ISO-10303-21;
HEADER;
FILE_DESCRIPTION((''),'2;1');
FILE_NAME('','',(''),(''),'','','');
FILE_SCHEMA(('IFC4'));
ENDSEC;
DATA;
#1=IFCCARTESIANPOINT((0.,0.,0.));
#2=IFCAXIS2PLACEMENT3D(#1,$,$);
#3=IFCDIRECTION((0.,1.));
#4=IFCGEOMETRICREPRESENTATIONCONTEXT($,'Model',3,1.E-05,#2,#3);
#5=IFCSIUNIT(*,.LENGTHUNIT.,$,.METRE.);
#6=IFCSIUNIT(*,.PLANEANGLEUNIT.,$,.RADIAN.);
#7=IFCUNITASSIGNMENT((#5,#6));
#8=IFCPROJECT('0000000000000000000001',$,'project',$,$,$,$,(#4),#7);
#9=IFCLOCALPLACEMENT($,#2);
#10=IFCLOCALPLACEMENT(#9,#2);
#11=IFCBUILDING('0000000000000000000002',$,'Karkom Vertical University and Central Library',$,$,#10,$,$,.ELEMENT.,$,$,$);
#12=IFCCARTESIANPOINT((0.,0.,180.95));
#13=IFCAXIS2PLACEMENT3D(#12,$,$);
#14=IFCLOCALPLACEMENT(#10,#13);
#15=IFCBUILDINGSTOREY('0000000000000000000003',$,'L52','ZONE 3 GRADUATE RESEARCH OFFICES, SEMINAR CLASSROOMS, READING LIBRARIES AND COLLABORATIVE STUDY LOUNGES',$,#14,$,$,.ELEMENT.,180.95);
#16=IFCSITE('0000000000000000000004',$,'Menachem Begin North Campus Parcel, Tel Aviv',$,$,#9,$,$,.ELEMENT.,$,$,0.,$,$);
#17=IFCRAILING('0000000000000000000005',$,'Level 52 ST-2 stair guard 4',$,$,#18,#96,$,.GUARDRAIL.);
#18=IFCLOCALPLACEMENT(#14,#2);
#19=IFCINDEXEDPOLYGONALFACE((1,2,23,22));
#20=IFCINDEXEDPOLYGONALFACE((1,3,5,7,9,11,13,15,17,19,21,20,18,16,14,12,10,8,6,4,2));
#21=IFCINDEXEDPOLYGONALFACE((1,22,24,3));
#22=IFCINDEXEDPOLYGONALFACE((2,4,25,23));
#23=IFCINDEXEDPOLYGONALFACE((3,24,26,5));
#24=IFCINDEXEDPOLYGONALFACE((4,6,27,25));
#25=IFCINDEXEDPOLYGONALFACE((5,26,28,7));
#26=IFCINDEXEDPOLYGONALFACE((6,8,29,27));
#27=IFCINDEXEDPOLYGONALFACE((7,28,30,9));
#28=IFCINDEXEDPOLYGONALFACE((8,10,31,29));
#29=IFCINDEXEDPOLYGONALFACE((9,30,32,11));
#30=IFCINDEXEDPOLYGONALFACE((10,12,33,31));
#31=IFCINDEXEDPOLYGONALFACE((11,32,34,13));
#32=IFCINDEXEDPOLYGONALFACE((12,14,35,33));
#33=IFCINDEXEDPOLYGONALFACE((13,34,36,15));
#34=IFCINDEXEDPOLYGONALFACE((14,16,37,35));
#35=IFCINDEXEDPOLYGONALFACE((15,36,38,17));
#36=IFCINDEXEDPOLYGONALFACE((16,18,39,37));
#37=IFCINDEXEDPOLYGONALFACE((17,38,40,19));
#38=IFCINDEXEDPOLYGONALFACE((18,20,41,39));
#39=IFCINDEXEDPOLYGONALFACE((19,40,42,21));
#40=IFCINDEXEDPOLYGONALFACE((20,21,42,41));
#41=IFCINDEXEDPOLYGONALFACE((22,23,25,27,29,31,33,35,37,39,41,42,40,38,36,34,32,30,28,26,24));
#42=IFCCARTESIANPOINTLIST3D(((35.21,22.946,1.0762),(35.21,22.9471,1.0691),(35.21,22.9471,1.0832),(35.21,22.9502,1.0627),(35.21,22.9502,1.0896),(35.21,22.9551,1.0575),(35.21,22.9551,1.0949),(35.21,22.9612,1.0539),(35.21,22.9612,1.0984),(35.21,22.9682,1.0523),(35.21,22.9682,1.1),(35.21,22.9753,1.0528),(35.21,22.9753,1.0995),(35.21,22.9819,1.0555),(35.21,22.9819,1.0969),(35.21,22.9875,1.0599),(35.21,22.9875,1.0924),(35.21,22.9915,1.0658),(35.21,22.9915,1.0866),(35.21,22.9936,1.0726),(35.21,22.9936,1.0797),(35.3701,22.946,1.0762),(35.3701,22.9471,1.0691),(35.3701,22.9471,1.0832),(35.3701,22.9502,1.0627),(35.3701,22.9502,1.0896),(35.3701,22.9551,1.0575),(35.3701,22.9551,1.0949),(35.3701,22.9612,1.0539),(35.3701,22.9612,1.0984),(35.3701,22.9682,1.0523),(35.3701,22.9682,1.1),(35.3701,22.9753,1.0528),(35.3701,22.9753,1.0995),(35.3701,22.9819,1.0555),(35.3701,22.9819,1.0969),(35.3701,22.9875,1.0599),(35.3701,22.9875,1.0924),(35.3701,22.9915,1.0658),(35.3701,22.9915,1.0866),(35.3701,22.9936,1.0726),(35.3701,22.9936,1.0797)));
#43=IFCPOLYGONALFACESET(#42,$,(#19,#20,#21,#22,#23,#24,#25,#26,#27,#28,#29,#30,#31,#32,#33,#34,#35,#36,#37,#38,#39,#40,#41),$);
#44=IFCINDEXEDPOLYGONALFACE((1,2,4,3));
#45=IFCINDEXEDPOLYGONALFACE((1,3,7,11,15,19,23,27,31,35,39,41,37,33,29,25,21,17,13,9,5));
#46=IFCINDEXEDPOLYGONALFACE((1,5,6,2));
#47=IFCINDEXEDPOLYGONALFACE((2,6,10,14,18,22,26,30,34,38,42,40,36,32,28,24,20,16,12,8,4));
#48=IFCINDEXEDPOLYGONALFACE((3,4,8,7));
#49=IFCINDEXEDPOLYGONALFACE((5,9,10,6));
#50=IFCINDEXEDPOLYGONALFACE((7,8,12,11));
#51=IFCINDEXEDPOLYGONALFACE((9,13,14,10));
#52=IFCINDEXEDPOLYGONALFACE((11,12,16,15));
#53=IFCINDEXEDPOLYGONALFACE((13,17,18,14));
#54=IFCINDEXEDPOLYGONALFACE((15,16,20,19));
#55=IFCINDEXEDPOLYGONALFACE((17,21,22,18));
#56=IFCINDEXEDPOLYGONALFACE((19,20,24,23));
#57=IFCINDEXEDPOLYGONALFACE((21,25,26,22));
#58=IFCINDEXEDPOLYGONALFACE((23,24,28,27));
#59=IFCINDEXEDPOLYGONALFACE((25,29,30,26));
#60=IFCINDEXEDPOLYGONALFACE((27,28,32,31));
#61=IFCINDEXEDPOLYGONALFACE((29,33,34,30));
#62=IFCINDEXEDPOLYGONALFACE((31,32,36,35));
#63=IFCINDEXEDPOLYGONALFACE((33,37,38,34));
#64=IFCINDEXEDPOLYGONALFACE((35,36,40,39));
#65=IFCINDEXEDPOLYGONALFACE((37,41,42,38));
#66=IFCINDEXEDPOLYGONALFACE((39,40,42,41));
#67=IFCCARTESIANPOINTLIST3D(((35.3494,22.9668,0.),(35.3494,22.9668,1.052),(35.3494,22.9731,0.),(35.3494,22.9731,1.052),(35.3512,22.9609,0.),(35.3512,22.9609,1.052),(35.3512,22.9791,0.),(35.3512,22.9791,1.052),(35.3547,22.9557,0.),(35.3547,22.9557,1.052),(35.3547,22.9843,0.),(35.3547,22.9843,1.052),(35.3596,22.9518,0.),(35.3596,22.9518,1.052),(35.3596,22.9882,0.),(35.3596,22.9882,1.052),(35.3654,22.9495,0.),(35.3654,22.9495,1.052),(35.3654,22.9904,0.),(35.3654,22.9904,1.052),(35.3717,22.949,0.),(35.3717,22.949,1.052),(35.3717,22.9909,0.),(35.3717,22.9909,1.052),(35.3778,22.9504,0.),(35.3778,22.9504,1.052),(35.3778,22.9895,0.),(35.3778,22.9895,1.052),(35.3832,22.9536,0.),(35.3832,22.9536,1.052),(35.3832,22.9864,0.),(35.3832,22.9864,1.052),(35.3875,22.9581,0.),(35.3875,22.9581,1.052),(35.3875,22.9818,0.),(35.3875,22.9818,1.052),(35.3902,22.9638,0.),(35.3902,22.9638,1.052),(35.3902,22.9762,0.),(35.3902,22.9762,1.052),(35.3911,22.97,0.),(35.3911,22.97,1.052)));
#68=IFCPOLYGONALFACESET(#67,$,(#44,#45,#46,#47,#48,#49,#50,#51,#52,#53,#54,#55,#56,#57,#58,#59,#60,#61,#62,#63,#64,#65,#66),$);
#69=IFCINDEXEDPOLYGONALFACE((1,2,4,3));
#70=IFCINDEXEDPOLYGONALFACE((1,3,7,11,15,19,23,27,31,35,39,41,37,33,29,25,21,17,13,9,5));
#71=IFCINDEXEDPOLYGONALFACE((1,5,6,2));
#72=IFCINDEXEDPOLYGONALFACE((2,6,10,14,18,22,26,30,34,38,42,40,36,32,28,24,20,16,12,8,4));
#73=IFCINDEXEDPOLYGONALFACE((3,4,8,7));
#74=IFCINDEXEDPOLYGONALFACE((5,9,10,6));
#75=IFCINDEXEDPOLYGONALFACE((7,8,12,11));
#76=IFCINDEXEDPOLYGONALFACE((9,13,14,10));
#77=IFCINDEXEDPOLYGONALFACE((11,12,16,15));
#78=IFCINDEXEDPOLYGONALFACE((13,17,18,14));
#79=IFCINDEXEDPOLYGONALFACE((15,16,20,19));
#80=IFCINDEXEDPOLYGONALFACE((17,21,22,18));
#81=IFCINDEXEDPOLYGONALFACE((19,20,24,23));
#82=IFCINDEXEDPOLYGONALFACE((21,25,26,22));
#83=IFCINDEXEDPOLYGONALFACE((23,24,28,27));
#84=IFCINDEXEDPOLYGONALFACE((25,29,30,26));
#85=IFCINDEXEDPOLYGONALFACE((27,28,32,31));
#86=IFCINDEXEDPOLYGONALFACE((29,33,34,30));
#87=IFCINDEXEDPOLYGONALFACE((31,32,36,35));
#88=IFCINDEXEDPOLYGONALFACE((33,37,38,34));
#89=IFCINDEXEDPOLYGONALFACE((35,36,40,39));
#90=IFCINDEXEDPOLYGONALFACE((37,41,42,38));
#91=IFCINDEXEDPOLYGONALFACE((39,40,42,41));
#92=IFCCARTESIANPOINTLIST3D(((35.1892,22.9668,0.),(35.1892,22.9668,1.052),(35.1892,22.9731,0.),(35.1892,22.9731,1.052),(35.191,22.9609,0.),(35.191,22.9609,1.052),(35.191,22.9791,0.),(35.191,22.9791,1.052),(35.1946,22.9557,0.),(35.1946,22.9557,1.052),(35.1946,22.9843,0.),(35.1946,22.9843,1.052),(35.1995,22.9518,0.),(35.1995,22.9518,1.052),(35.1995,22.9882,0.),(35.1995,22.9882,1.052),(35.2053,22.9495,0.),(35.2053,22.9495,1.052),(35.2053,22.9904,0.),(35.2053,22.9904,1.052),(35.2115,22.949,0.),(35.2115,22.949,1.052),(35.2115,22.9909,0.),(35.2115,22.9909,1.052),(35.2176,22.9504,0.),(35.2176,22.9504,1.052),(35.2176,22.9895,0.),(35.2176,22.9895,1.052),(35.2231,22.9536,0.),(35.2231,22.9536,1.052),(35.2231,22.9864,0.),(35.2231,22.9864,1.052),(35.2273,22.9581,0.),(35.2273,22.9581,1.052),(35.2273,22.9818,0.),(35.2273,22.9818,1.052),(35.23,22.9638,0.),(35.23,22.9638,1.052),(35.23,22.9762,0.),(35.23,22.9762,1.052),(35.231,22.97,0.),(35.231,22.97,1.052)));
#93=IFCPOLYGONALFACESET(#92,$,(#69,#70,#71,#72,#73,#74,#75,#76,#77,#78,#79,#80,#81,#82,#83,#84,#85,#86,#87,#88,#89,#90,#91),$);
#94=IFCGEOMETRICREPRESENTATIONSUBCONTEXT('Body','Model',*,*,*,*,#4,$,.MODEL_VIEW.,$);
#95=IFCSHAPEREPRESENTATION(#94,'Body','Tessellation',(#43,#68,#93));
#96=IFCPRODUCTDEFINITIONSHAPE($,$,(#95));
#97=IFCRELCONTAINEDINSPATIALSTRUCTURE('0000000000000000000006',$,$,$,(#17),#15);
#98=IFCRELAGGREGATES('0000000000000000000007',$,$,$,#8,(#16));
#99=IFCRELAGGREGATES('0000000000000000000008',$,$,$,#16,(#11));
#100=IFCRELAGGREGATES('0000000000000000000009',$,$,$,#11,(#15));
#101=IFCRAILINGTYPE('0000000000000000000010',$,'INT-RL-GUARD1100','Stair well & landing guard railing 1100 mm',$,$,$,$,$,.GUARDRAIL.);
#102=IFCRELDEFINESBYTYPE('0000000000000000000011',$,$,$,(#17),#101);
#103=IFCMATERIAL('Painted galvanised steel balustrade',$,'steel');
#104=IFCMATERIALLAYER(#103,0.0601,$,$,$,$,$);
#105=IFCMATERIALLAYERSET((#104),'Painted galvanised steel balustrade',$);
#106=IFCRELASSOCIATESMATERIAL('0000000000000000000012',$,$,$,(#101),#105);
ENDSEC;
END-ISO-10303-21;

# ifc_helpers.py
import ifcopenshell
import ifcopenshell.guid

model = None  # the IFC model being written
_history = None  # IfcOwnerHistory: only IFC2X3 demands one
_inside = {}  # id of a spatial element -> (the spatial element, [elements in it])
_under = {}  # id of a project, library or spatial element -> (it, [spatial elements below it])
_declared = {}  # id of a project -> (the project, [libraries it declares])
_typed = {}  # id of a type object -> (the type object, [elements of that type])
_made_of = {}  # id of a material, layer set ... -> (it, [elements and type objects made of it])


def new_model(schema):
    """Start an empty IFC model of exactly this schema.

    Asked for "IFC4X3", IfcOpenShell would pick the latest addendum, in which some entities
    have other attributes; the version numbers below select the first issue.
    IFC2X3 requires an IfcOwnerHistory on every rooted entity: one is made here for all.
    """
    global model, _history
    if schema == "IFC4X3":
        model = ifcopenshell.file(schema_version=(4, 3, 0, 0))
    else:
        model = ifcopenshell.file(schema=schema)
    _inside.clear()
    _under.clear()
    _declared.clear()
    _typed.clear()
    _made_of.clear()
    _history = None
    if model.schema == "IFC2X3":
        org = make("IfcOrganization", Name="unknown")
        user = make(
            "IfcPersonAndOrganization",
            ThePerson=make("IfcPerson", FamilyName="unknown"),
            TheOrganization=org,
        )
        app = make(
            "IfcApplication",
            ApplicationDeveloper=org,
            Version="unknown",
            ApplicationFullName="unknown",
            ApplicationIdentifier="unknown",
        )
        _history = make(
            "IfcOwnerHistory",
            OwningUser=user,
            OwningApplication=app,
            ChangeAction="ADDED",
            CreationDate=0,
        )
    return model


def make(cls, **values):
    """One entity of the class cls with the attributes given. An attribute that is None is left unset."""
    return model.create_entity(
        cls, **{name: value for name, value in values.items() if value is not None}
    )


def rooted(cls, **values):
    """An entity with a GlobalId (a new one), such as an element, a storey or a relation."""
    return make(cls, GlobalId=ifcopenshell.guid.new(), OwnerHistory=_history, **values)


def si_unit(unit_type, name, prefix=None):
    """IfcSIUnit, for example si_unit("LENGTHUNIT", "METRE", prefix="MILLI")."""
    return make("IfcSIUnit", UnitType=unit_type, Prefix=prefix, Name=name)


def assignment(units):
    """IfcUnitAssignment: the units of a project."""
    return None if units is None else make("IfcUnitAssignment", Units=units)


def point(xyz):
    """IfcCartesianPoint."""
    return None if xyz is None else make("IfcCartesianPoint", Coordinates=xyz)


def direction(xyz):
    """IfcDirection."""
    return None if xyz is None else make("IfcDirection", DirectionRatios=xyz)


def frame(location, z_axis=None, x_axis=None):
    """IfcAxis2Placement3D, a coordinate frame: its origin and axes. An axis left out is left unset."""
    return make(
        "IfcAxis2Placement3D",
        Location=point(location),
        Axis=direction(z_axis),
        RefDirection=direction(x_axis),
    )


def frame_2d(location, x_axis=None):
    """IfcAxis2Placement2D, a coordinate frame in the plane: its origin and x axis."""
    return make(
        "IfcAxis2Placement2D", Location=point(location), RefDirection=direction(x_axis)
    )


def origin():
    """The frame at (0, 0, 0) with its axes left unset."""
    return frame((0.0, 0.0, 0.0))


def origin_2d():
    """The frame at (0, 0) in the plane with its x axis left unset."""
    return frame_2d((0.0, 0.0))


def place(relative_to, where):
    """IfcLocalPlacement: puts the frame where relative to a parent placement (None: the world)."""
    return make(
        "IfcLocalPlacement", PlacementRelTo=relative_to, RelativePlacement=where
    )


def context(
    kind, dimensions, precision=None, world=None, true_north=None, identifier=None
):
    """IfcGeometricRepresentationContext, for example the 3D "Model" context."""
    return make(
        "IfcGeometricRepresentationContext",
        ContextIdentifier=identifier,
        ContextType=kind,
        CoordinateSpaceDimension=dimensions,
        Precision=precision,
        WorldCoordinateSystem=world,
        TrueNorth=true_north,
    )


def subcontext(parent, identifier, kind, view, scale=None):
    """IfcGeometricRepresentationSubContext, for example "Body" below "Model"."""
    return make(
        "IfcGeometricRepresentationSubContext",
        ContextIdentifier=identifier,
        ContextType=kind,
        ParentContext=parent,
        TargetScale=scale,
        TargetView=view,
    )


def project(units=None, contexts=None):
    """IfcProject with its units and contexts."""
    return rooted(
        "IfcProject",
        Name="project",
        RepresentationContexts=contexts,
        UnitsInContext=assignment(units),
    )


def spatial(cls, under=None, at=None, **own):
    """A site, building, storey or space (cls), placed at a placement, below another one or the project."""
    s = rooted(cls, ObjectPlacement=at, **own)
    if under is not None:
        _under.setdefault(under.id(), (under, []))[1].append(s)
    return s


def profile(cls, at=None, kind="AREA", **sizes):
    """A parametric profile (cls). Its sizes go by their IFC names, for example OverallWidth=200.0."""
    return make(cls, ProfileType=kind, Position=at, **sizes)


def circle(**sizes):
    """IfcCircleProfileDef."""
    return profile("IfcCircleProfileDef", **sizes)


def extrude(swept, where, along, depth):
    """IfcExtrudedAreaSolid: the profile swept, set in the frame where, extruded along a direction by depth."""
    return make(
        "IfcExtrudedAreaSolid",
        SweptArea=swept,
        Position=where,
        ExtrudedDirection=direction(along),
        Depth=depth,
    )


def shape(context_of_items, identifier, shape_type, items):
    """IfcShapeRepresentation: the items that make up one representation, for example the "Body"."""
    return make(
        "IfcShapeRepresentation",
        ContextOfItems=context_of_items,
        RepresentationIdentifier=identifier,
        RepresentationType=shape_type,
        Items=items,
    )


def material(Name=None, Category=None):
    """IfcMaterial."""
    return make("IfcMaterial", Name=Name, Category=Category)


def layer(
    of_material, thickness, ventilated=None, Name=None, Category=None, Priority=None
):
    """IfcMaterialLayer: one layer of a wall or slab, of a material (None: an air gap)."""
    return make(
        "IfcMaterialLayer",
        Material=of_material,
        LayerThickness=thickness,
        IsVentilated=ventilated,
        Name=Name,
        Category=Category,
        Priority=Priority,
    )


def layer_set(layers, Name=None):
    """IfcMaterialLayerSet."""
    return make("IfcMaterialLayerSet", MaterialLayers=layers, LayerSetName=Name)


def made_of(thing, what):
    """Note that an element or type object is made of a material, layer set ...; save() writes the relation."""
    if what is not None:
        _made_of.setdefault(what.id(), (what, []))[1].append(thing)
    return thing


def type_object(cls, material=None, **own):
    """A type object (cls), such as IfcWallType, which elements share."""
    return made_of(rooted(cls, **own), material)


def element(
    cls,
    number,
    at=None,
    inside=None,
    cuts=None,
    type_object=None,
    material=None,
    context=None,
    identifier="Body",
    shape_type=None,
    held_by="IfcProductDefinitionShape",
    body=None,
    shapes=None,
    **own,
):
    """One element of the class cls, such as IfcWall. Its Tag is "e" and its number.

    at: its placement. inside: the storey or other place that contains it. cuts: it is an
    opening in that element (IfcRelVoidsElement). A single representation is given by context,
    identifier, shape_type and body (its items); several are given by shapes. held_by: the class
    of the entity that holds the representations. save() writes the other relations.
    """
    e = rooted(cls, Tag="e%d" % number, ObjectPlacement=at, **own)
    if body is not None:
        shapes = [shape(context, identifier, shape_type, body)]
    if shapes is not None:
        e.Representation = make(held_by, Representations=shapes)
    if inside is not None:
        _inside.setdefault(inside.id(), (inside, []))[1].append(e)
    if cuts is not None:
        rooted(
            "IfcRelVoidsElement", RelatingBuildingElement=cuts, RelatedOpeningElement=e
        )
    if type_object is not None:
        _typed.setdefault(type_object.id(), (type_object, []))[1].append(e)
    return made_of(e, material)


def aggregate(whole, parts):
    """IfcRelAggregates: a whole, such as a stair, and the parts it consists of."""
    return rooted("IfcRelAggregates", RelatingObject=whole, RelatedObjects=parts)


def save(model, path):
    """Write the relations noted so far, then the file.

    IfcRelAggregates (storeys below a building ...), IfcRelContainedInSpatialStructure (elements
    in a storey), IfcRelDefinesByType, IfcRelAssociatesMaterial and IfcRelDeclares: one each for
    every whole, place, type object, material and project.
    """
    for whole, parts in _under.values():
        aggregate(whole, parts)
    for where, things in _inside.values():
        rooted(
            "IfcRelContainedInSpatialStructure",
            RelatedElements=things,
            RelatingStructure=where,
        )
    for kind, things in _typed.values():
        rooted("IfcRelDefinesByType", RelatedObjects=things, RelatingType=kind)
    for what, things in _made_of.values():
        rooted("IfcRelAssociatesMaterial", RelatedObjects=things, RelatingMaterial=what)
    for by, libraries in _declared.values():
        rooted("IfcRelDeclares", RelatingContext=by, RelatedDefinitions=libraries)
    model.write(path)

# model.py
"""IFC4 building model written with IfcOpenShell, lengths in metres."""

from ifc_helpers import new_model, si_unit, direction, frame, origin, origin_2d, place, context, subcontext, project, spatial, circle, extrude, material, layer, layer_set, type_object, element, save


model = new_model("IFC4")

# Units and contexts
model_context = context("Model", 3, precision=1e-05, world=origin(), true_north=direction((0.0, 1.0)))
body_context = subcontext(model_context, "Body", "Model", "MODEL_VIEW")
ifc_project = project(units=[si_unit("LENGTHUNIT", "METRE"), si_unit("PLANEANGLEUNIT", "RADIAN")], contexts=[model_context])

# Site, building, storey
site_placement = place(None, origin())
site = spatial("IfcSite", under=ifc_project, at=site_placement, Name="Menachem Begin North Campus Parcel, Tel Aviv", CompositionType="ELEMENT", RefElevation=0.0)
building_placement = place(site_placement, origin())
building = spatial("IfcBuilding", under=site, at=building_placement, Name="Karkom Vertical University and Central Library", CompositionType="ELEMENT")
storey_placement = place(building_placement, frame((0.0, 0.0, 180.95)))
storey = spatial("IfcBuildingStorey", under=building, at=storey_placement, Name="L52", Description="ZONE 3 GRADUATE RESEARCH OFFICES, SEMINAR CLASSROOMS, READING LIBRARIES AND COLLABORATIVE STUDY LOUNGES", CompositionType="ELEMENT", Elevation=180.95)

# Railing
ifc_material_1 = material(Name="Painted galvanised steel balustrade", Category="steel")
ifc_layer_1 = layer(ifc_material_1, 0.0601)
ifc_layer_set_1 = layer_set([ifc_layer_1], Name="Painted galvanised steel balustrade")
railing_type_1 = type_object("IfcRailingType", Name="INT-RL-GUARD1100", Description="Stair well & landing guard railing 1100 mm", PredefinedType="GUARDRAIL", material=ifc_layer_set_1)
railing_1_placement = place(storey_placement, frame((35.3701, 22.97, 0.0)))
element("IfcRailing", 1, at=railing_1_placement, inside=storey, type_object=railing_type_1, Name="Level 52 ST-2 stair guard 4", PredefinedType="GUARDRAIL", context=body_context, shape_type="SweptSolid", body=[
    extrude(circle(Radius=0.0239, at=origin_2d()), frame((0.0, 0.0, 1.0762), z_axis=(-1.0, 0.0, 0.0), x_axis=(0.0, -1.0, 0.0)), (0.0, 0.0, 1.0), 0.1602),
    extrude(circle(Radius=0.021, at=origin_2d()), origin(), (0.0, 0.0, 1.0), 1.052),
    extrude(circle(Radius=0.021, at=origin_2d()), frame((-0.1602, 0.0, 0.0)), (0.0, 0.0, 1.0), 1.052),
])

save(model, "model.ifc")
